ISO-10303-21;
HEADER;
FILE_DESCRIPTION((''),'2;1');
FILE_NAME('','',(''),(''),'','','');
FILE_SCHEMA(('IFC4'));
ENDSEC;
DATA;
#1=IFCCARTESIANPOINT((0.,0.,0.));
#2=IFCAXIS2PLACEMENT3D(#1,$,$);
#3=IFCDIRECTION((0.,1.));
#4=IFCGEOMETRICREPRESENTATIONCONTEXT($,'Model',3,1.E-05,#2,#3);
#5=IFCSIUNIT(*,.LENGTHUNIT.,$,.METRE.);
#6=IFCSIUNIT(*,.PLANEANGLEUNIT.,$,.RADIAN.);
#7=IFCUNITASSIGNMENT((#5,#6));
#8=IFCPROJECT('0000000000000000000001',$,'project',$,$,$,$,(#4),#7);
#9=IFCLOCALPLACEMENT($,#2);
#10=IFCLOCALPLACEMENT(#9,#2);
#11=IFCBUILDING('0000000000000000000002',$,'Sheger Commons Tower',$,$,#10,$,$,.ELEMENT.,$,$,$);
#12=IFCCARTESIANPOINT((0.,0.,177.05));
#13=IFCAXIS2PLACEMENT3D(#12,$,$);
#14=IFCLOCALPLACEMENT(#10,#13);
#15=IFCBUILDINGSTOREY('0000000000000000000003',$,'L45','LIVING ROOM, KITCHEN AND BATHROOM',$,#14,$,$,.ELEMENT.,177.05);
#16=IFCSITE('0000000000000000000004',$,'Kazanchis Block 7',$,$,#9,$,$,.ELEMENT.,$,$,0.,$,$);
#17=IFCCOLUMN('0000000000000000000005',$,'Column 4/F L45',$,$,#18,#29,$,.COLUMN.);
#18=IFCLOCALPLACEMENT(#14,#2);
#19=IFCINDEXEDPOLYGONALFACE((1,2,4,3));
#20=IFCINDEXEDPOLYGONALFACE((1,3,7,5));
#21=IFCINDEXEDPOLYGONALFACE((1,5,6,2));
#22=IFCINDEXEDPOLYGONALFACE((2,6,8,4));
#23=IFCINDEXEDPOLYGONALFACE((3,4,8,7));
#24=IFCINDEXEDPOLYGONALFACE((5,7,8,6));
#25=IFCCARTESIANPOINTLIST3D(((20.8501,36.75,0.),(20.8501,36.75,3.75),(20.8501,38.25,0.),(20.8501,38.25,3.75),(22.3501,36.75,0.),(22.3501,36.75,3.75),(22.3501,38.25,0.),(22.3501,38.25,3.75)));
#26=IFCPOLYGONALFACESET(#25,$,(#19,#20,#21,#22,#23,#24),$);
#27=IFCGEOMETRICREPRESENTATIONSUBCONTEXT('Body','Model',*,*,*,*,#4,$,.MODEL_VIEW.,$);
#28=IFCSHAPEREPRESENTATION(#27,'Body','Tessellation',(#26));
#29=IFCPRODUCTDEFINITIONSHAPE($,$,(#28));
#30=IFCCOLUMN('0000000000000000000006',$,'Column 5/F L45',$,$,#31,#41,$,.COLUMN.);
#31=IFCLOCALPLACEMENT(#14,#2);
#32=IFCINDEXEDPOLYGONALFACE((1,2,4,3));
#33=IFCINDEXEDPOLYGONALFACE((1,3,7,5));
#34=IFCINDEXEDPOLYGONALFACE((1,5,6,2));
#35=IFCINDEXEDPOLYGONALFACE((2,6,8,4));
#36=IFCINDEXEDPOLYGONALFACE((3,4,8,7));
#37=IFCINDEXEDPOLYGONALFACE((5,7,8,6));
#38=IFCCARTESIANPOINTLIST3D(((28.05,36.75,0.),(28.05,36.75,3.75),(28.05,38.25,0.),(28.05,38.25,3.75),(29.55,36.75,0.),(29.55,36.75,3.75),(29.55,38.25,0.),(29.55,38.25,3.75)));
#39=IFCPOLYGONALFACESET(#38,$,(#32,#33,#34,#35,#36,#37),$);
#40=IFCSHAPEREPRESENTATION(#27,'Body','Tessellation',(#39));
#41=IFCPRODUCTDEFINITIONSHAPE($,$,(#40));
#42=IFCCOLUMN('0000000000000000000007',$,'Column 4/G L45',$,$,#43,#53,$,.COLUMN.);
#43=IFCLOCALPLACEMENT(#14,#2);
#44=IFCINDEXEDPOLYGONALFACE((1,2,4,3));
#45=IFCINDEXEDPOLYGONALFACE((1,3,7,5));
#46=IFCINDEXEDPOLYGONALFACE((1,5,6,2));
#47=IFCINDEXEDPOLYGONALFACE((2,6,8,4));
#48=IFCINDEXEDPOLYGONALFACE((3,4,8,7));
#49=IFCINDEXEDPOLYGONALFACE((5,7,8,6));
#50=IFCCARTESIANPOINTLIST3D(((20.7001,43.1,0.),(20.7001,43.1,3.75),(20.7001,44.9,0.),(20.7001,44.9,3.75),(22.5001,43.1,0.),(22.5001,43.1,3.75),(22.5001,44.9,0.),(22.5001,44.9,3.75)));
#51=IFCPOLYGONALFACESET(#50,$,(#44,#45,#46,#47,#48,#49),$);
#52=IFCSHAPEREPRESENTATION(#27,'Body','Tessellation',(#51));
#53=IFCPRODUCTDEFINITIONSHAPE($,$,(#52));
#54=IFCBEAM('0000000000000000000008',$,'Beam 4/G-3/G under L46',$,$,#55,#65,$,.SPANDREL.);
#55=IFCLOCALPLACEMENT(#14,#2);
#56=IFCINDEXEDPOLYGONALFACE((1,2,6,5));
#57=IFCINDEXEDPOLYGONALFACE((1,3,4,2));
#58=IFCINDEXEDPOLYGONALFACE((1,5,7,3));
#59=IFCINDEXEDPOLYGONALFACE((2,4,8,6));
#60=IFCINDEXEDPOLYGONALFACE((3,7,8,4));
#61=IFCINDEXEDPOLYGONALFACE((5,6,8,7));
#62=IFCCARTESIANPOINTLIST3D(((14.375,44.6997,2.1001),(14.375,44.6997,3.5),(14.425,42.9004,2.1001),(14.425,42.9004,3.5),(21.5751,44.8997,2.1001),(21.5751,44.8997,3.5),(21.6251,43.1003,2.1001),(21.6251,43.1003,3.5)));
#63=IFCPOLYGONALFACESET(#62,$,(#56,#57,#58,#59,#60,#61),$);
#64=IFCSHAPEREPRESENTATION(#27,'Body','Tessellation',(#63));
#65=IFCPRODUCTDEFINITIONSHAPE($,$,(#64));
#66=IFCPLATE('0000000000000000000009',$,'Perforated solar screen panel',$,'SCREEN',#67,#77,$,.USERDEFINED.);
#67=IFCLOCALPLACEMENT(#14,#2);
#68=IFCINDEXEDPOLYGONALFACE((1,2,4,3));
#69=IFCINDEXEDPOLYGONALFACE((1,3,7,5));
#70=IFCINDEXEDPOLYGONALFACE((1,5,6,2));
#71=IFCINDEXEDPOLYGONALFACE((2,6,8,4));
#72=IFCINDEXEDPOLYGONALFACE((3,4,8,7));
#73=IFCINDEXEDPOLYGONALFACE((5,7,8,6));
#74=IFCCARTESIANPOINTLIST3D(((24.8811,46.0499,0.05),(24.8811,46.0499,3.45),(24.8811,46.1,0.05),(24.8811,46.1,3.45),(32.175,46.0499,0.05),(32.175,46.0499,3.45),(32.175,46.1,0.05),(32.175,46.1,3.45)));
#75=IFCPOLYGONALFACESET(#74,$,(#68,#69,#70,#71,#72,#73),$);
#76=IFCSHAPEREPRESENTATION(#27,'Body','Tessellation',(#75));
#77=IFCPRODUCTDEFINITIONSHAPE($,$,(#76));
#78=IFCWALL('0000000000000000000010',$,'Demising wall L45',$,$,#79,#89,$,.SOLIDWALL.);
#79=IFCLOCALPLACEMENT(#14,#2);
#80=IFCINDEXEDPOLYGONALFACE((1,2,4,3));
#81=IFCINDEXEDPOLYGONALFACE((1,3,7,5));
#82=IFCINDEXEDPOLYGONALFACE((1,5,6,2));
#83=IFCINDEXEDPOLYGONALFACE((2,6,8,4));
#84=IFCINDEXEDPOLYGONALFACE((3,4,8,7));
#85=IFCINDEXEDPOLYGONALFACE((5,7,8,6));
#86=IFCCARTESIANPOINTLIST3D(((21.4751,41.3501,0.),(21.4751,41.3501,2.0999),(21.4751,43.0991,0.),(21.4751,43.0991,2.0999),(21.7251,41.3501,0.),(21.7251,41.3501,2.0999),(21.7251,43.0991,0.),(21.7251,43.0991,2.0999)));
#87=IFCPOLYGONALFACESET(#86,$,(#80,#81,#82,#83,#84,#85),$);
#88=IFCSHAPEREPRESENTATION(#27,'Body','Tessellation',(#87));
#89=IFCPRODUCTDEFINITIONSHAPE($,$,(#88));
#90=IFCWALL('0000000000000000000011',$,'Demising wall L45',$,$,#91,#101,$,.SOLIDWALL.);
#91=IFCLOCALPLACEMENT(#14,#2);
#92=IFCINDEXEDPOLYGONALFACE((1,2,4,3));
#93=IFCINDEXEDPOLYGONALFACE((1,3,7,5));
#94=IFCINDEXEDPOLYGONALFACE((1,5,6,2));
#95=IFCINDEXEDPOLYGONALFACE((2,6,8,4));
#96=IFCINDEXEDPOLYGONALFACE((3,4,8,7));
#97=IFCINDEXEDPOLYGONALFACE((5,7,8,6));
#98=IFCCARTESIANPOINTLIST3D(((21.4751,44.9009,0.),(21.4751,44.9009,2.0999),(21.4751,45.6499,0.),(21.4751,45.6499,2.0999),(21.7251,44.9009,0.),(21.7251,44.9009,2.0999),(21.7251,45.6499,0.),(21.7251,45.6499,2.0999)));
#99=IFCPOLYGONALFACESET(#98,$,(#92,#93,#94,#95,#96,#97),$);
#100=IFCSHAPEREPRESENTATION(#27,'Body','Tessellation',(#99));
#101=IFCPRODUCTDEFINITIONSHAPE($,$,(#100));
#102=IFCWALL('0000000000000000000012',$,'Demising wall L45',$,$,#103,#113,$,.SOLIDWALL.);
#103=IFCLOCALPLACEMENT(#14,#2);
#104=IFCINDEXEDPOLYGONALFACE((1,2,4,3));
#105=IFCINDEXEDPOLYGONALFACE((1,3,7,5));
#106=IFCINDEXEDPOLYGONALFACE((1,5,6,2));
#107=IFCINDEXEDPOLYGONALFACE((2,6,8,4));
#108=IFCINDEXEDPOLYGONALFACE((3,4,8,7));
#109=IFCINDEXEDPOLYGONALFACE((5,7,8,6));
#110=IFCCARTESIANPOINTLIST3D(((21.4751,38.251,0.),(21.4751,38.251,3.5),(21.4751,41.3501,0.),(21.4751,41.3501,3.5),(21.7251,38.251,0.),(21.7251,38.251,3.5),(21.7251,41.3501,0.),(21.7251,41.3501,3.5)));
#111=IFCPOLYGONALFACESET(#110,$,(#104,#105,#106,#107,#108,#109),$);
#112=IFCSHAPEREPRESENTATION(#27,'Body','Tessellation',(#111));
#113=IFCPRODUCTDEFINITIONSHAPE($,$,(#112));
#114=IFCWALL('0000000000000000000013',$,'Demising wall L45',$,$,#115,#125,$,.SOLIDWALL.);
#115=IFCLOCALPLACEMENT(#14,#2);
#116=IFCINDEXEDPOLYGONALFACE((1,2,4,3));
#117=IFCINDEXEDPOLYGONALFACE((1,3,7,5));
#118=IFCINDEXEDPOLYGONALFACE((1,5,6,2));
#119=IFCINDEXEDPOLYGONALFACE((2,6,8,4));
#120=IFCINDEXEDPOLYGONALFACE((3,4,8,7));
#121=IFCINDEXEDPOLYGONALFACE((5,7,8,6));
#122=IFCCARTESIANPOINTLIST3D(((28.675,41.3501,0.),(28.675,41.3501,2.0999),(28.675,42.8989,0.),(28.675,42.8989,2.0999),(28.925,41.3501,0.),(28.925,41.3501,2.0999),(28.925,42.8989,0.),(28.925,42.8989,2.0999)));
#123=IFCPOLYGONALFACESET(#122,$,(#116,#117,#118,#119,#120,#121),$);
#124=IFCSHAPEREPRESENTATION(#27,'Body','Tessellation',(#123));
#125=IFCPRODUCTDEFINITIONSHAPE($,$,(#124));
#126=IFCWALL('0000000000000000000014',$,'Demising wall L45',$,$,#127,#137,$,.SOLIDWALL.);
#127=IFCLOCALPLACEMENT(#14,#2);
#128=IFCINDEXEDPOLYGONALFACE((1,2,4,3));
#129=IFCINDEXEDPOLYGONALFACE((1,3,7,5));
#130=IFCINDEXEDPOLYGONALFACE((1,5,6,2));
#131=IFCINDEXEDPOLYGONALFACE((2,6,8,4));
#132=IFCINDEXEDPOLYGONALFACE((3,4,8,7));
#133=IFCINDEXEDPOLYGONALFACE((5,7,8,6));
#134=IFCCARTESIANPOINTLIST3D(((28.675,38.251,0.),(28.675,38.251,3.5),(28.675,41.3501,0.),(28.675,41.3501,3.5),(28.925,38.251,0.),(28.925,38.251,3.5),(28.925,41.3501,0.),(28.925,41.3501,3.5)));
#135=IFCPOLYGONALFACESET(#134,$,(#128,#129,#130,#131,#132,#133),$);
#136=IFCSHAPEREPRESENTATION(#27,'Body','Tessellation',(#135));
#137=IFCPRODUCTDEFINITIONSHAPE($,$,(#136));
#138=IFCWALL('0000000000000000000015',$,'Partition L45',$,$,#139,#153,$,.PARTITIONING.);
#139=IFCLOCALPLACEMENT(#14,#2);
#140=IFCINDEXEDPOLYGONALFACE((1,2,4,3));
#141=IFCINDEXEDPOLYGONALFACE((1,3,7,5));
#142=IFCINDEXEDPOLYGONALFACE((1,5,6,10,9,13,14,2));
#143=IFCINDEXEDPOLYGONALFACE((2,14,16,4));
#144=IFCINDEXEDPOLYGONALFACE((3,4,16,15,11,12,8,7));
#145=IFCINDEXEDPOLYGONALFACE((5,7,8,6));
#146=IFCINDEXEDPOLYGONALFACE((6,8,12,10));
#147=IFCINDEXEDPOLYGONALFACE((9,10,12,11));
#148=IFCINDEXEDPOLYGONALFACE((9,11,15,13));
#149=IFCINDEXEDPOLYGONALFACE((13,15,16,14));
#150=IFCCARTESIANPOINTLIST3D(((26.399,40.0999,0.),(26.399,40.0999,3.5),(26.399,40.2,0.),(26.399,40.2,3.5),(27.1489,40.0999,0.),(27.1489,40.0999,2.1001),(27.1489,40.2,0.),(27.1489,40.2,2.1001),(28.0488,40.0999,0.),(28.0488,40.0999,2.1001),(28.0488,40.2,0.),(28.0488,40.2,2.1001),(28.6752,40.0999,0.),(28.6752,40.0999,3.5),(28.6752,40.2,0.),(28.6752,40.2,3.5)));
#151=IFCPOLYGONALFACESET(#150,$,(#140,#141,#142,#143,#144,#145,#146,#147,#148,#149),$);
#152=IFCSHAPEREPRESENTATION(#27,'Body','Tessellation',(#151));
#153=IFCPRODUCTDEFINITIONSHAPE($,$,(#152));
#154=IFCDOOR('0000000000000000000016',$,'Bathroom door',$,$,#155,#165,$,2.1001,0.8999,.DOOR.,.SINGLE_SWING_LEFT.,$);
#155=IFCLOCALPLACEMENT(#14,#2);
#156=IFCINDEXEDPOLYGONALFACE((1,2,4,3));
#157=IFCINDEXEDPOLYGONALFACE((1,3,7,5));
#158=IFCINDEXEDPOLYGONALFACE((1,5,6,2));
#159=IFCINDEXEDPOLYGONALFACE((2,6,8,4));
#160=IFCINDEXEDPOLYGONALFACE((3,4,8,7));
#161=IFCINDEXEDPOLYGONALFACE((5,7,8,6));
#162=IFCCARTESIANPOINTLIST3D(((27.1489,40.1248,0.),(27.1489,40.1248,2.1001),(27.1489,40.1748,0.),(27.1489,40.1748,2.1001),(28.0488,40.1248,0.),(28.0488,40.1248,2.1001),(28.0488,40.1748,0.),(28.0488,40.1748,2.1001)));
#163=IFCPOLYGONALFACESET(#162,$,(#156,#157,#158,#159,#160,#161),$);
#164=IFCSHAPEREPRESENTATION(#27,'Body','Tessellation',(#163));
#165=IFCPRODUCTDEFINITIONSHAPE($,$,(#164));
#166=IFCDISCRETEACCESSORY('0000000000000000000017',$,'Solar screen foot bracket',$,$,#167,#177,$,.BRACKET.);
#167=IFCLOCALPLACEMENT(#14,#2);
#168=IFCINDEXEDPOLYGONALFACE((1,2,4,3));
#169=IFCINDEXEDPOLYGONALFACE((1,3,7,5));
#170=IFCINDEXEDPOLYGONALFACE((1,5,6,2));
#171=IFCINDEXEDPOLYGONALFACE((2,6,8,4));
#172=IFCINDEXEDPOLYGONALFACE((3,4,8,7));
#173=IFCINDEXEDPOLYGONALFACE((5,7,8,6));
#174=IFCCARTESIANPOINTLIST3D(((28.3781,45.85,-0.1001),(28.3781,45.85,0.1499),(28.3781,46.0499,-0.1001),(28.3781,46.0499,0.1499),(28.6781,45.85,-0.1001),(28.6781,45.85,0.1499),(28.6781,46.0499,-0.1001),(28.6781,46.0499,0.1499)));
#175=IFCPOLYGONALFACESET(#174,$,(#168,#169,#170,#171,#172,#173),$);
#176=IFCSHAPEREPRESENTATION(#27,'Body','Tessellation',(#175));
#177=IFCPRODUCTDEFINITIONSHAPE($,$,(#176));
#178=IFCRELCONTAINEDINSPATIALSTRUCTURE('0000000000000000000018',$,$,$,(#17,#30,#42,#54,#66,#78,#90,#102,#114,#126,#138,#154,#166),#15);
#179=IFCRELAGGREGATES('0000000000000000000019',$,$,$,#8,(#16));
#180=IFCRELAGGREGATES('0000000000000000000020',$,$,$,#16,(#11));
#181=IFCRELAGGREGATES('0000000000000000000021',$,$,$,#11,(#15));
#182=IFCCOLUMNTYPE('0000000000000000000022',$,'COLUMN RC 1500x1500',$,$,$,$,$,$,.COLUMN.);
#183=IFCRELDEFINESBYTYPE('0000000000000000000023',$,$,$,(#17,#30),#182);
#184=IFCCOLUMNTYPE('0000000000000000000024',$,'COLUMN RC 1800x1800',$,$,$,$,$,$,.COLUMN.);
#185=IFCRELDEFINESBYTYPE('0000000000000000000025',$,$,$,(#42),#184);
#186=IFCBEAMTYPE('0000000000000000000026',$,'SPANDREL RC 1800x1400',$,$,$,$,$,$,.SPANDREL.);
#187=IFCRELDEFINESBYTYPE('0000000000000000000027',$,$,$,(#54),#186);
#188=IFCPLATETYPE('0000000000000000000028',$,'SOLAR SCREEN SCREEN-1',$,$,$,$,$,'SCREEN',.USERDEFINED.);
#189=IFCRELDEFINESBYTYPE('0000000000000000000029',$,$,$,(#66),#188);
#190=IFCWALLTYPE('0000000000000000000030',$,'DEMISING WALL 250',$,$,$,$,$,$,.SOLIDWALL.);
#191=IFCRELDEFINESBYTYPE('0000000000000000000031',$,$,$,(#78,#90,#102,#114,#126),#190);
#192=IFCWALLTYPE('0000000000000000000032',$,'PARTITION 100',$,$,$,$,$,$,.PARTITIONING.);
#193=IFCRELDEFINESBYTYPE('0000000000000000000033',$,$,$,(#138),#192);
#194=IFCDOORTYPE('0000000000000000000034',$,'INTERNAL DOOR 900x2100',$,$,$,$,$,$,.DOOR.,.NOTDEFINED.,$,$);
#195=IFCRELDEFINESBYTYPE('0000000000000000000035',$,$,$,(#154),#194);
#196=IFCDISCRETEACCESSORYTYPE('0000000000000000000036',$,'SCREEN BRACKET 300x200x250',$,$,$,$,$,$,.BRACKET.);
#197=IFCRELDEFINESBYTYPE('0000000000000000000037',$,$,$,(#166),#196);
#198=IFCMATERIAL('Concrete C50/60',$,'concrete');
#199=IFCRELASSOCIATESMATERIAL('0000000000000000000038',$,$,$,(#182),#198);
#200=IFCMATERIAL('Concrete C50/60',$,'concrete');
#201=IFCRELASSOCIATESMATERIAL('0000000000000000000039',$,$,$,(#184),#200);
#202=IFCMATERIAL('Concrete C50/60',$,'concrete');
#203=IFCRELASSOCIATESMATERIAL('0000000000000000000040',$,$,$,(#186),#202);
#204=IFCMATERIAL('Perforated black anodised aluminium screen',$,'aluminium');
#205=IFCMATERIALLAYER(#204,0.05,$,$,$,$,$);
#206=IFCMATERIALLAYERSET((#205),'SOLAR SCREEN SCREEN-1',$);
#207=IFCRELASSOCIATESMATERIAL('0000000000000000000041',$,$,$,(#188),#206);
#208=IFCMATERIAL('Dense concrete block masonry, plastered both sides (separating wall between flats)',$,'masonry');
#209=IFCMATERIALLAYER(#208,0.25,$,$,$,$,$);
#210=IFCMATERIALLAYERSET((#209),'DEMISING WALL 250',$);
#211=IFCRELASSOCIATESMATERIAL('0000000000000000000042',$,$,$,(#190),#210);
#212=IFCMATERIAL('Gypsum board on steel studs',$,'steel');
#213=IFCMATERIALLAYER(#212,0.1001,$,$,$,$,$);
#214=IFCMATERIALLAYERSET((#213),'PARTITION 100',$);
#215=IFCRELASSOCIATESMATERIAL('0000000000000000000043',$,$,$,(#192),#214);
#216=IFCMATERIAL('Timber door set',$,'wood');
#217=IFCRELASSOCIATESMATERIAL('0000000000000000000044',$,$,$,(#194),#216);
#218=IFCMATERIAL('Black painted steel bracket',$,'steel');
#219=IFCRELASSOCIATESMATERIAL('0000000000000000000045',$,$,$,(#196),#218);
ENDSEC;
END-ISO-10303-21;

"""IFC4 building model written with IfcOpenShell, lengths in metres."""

from ifc_helpers import new_model, si_unit, direction, frame, frame_2d, origin, origin_2d, place, context, subcontext, project, spatial, rectangle, extrude, material, layer, layer_set, material_profile, profile_set, type_object, element, fill, save


model = new_model("IFC4")

# Units and contexts
model_context = context("Model", 3, precision=1e-05, world=origin(), true_north=direction((0.0, 1.0)))
body_context = subcontext(model_context, "Body", "Model", "MODEL_VIEW")
ifc_project = project(units=[si_unit("LENGTHUNIT", "METRE"), si_unit("PLANEANGLEUNIT", "RADIAN")], contexts=[model_context])

# Site, building, storey
site_placement = place(None, origin())
site = spatial("IfcSite", under=ifc_project, at=site_placement, Name="Kazanchis Block 7", CompositionType="ELEMENT", RefElevation=0.0)
building_placement = place(site_placement, origin())
building = spatial("IfcBuilding", under=site, at=building_placement, Name="Sheger Commons Tower", CompositionType="ELEMENT")
storey_placement = place(building_placement, frame((0.0, 0.0, 177.05)))
storey = spatial("IfcBuildingStorey", under=building, at=storey_placement, Name="L45", Description="LIVING ROOM, KITCHEN AND BATHROOM", CompositionType="ELEMENT", Elevation=177.05)

# Columns
ifc_material_1 = material(Name="Concrete C50/60", Category="concrete")
ifc_material_profile_1 = material_profile(ifc_material_1, rectangle(XDim=1.5, YDim=1.5, at=origin_2d()), Name="RC 1500x1500")
ifc_profile_set_1 = profile_set([ifc_material_profile_1], Name="Concrete C50/60")
column_type_1 = type_object("IfcColumnType", Name="COLUMN RC 1500x1500", PredefinedType="COLUMN", material=ifc_profile_set_1)
for number, where, z_axis, x_axis, name in (
    (1, (21.6001, 37.5, 0.0), (0.0, 0.0, 1.0), (1.0, 0.0, 0.0), "Column 4/F L45"),
    (2, (28.8, 37.5, 0.0), (0.0, 0.0, 1.0), (1.0, 0.0, 0.0), "Column 5/F L45"),
):
    element("IfcColumn", number, at=place(storey_placement, frame(where, z_axis=z_axis, x_axis=x_axis)), inside=storey, type_object=column_type_1, Name=name, PredefinedType="COLUMN", context=body_context, shape_type="SweptSolid", body=[
        extrude(rectangle(XDim=1.5, YDim=1.5, at=origin_2d()), origin(), (0.0, 0.0, 1.0), 3.75),
    ])
ifc_material_2 = material(Name="Concrete C50/60", Category="concrete")
ifc_material_profile_2 = material_profile(ifc_material_2, rectangle(XDim=1.8, YDim=1.8, at=origin_2d()), Name="RC 1800x1800")
ifc_profile_set_2 = profile_set([ifc_material_profile_2], Name="Concrete C50/60")
column_type_2 = type_object("IfcColumnType", Name="COLUMN RC 1800x1800", PredefinedType="COLUMN", material=ifc_profile_set_2)
column_placement = place(storey_placement, frame((21.6001, 44.0, 0.0), z_axis=(0.0, 0.0, 1.0), x_axis=(1.0, 0.0, 0.0)))
element("IfcColumn", 3, at=column_placement, inside=storey, type_object=column_type_2, Name="Column 4/G L45", PredefinedType="COLUMN", context=body_context, shape_type="SweptSolid", body=[
    extrude(rectangle(XDim=1.8, YDim=1.8, at=origin_2d()), origin(), (0.0, 0.0, 1.0), 3.75),
])

# Beam
ifc_material_3 = material(Name="Concrete C50/60", Category="concrete")
ifc_material_profile_3 = material_profile(ifc_material_3, rectangle(XDim=1.8, YDim=1.3999, at=origin_2d()), Name="RC 1800x1400")
ifc_profile_set_3 = profile_set([ifc_material_profile_3], Name="Concrete C50/60")
beam_type = type_object("IfcBeamType", Name="SPANDREL RC 1800x1400", PredefinedType="SPANDREL", material=ifc_profile_set_3)
beam_placement = place(storey_placement, frame((21.6001, 44.0, 2.8), z_axis=(-0.999615, -0.02776, 0.0), x_axis=(0.02776, -0.999615, 0.0)))
element("IfcBeam", 4, at=beam_placement, inside=storey, type_object=beam_type, Name="Beam 4/G-3/G under L46", PredefinedType="SPANDREL", context=body_context, shape_type="SweptSolid", body=[
    extrude(rectangle(XDim=1.8, YDim=1.3999, at=origin_2d()), origin(), (0.0, 0.0, 1.0), 7.2029),
])

# Plate
ifc_material_4 = material(Name="Perforated black anodised aluminium screen", Category="aluminium")
ifc_layer_1 = layer(ifc_material_4, 0.05)
ifc_layer_set_1 = layer_set([ifc_layer_1], Name="SOLAR SCREEN SCREEN-1")
plate_type = type_object("IfcPlateType", Name="SOLAR SCREEN SCREEN-1", ElementType="SCREEN", PredefinedType="USERDEFINED", material=ifc_layer_set_1)
plate_placement = place(storey_placement, frame((28.5281, 46.075, 0.05), z_axis=(0.0, 0.0, 1.0), x_axis=(-1.0, 0.0, 0.0)))
element("IfcPlate", 5, at=plate_placement, inside=storey, type_object=plate_type, Name="Perforated solar screen panel", ObjectType="SCREEN", PredefinedType="USERDEFINED", context=body_context, shape_type="SweptSolid", body=[
    extrude(rectangle(XDim=7.2939, YDim=0.05, at=origin_2d()), origin(), (0.0, 0.0, 1.0), 3.3999),
])

# Walls
ifc_material_5 = material(Name="Dense concrete block masonry, plastered both sides (separating wall between flats)", Category="masonry")
ifc_layer_2 = layer(ifc_material_5, 0.25)
ifc_layer_set_2 = layer_set([ifc_layer_2], Name="DEMISING WALL 250")
wall_type_1 = type_object("IfcWallType", Name="DEMISING WALL 250", PredefinedType="SOLIDWALL", material=ifc_layer_set_2)
wall_1_placement = place(storey_placement, frame((21.6001, 41.3501, 0.0), z_axis=(0.0, 0.0, 1.0), x_axis=(0.0, 1.0, 0.0)))
element("IfcWall", 6, at=wall_1_placement, inside=storey, type_object=wall_type_1, Name="Demising wall L45", PredefinedType="SOLIDWALL", context=body_context, shape_type="SweptSolid", body=[
    extrude(rectangle(XDim=1.749, YDim=0.25, at=frame_2d((0.8745, 0.0))), origin(), (0.0, 0.0, 1.0), 2.0999),
])
wall_2_placement = place(storey_placement, frame((21.6001, 44.9009, 0.0), z_axis=(0.0, 0.0, 1.0), x_axis=(0.0, 1.0, 0.0)))
element("IfcWall", 7, at=wall_2_placement, inside=storey, type_object=wall_type_1, Name="Demising wall L45", PredefinedType="SOLIDWALL", context=body_context, shape_type="SweptSolid", body=[
    extrude(rectangle(XDim=0.749, YDim=0.25, at=frame_2d((0.3745, 0.0))), origin(), (0.0, 0.0, 1.0), 2.0999),
])
wall_3_placement = place(storey_placement, frame((21.6001, 38.251, 0.0), z_axis=(0.0, 0.0, 1.0), x_axis=(0.0, 1.0, 0.0)))
element("IfcWall", 8, at=wall_3_placement, inside=storey, type_object=wall_type_1, Name="Demising wall L45", PredefinedType="SOLIDWALL", context=body_context, shape_type="SweptSolid", body=[
    extrude(rectangle(XDim=3.0991, YDim=0.25, at=frame_2d((1.5496, 0.0))), origin(), (0.0, 0.0, 1.0), 3.5),
])
wall_4_placement = place(storey_placement, frame((28.8, 41.3501, 0.0), z_axis=(0.0, 0.0, 1.0), x_axis=(0.0, 1.0, 0.0)))
element("IfcWall", 9, at=wall_4_placement, inside=storey, type_object=wall_type_1, Name="Demising wall L45", PredefinedType="SOLIDWALL", context=body_context, shape_type="SweptSolid", body=[
    extrude(rectangle(XDim=1.5488, YDim=0.25, at=frame_2d((0.7744, 0.0))), origin(), (0.0, 0.0, 1.0), 2.0999),
])
wall_5_placement = place(storey_placement, frame((28.8, 38.251, 0.0), z_axis=(0.0, 0.0, 1.0), x_axis=(0.0, 1.0, 0.0)))
element("IfcWall", 10, at=wall_5_placement, inside=storey, type_object=wall_type_1, Name="Demising wall L45", PredefinedType="SOLIDWALL", context=body_context, shape_type="SweptSolid", body=[
    extrude(rectangle(XDim=3.0991, YDim=0.25, at=frame_2d((1.5496, 0.0))), origin(), (0.0, 0.0, 1.0), 3.5),
])

# Wall, opening, door
ifc_material_6 = material(Name="Gypsum board on steel studs", Category="steel")
ifc_layer_3 = layer(ifc_material_6, 0.1001)
ifc_layer_set_3 = layer_set([ifc_layer_3], Name="PARTITION 100")
wall_type_2 = type_object("IfcWallType", Name="PARTITION 100", PredefinedType="PARTITIONING", material=ifc_layer_set_3)
wall_6_placement = place(storey_placement, frame((26.3989, 40.1499, 0.0), z_axis=(0.0, 0.0, 1.0), x_axis=(1.0, 0.0, 0.0)))
wall_6 = element("IfcWall", 11, at=wall_6_placement, inside=storey, type_object=wall_type_2, Name="Partition L45", PredefinedType="PARTITIONING", context=body_context, shape_type="SweptSolid", body=[
    extrude(rectangle(XDim=2.2761, YDim=0.1001, at=frame_2d((1.1382, 0.0))), origin(), (0.0, 0.0, 1.0), 3.5),
])
opening_placement = place(wall_6_placement, frame((0.75, 0.0, 0.0)))
opening = element("IfcOpeningElement", 12, at=opening_placement, cuts=wall_6, PredefinedType="OPENING", context=body_context, shape_type="SweptSolid", body=[
    extrude(rectangle(XDim=0.8999, YDim=2.1001, at=frame_2d((0.45, 1.05))), frame((0.0, 0.0601, 0.0), z_axis=(0.0, -1.0, 0.0), x_axis=(1.0, 0.0, 0.0)), (0.0, 0.0, 1.0), 0.1201),
])
ifc_material_7 = material(Name="Timber door set", Category="wood")
door_type = type_object("IfcDoorType", Name="INTERNAL DOOR 900x2100", OperationType="NOTDEFINED", PredefinedType="DOOR", material=ifc_material_7)
door_placement = place(opening_placement, origin())
door = element("IfcDoor", 13, at=door_placement, inside=storey, type_object=door_type, Name="Bathroom door", OperationType="SINGLE_SWING_LEFT", OverallHeight=2.1001, OverallWidth=0.8999, PredefinedType="DOOR", context=body_context, shape_type="SweptSolid", body=[
    extrude(rectangle(XDim=0.8999, YDim=2.1001, at=frame_2d((0.45, 1.05))), frame((0.0, 0.0249, 0.0), z_axis=(0.0, -1.0, 0.0), x_axis=(1.0, 0.0, 0.0)), (0.0, 0.0, 1.0), 0.05),
])
fill(opening, door)

# Discrete accessory
ifc_material_8 = material(Name="Black painted steel bracket", Category="steel")
discrete_accessory_type = type_object("IfcDiscreteAccessoryType", Name="SCREEN BRACKET 300x200x250", PredefinedType="BRACKET", material=ifc_material_8)
for number, where, z_axis, x_axis, name in (
    (14, (28.5281, 45.95, -0.1001), (0.0, 0.0, 1.0), (-1.0, 0.0, 0.0), "Solar screen foot bracket"),
):
    element("IfcDiscreteAccessory", number, at=place(storey_placement, frame(where, z_axis=z_axis, x_axis=x_axis)), inside=storey, type_object=discrete_accessory_type, Name=name, PredefinedType="BRACKET", context=body_context, shape_type="SweptSolid", body=[
        extrude(rectangle(XDim=0.3, YDim=0.2, at=origin_2d()), origin(), (0.0, 0.0, 1.0), 0.25),
    ])

save(model, "model.ifc")
